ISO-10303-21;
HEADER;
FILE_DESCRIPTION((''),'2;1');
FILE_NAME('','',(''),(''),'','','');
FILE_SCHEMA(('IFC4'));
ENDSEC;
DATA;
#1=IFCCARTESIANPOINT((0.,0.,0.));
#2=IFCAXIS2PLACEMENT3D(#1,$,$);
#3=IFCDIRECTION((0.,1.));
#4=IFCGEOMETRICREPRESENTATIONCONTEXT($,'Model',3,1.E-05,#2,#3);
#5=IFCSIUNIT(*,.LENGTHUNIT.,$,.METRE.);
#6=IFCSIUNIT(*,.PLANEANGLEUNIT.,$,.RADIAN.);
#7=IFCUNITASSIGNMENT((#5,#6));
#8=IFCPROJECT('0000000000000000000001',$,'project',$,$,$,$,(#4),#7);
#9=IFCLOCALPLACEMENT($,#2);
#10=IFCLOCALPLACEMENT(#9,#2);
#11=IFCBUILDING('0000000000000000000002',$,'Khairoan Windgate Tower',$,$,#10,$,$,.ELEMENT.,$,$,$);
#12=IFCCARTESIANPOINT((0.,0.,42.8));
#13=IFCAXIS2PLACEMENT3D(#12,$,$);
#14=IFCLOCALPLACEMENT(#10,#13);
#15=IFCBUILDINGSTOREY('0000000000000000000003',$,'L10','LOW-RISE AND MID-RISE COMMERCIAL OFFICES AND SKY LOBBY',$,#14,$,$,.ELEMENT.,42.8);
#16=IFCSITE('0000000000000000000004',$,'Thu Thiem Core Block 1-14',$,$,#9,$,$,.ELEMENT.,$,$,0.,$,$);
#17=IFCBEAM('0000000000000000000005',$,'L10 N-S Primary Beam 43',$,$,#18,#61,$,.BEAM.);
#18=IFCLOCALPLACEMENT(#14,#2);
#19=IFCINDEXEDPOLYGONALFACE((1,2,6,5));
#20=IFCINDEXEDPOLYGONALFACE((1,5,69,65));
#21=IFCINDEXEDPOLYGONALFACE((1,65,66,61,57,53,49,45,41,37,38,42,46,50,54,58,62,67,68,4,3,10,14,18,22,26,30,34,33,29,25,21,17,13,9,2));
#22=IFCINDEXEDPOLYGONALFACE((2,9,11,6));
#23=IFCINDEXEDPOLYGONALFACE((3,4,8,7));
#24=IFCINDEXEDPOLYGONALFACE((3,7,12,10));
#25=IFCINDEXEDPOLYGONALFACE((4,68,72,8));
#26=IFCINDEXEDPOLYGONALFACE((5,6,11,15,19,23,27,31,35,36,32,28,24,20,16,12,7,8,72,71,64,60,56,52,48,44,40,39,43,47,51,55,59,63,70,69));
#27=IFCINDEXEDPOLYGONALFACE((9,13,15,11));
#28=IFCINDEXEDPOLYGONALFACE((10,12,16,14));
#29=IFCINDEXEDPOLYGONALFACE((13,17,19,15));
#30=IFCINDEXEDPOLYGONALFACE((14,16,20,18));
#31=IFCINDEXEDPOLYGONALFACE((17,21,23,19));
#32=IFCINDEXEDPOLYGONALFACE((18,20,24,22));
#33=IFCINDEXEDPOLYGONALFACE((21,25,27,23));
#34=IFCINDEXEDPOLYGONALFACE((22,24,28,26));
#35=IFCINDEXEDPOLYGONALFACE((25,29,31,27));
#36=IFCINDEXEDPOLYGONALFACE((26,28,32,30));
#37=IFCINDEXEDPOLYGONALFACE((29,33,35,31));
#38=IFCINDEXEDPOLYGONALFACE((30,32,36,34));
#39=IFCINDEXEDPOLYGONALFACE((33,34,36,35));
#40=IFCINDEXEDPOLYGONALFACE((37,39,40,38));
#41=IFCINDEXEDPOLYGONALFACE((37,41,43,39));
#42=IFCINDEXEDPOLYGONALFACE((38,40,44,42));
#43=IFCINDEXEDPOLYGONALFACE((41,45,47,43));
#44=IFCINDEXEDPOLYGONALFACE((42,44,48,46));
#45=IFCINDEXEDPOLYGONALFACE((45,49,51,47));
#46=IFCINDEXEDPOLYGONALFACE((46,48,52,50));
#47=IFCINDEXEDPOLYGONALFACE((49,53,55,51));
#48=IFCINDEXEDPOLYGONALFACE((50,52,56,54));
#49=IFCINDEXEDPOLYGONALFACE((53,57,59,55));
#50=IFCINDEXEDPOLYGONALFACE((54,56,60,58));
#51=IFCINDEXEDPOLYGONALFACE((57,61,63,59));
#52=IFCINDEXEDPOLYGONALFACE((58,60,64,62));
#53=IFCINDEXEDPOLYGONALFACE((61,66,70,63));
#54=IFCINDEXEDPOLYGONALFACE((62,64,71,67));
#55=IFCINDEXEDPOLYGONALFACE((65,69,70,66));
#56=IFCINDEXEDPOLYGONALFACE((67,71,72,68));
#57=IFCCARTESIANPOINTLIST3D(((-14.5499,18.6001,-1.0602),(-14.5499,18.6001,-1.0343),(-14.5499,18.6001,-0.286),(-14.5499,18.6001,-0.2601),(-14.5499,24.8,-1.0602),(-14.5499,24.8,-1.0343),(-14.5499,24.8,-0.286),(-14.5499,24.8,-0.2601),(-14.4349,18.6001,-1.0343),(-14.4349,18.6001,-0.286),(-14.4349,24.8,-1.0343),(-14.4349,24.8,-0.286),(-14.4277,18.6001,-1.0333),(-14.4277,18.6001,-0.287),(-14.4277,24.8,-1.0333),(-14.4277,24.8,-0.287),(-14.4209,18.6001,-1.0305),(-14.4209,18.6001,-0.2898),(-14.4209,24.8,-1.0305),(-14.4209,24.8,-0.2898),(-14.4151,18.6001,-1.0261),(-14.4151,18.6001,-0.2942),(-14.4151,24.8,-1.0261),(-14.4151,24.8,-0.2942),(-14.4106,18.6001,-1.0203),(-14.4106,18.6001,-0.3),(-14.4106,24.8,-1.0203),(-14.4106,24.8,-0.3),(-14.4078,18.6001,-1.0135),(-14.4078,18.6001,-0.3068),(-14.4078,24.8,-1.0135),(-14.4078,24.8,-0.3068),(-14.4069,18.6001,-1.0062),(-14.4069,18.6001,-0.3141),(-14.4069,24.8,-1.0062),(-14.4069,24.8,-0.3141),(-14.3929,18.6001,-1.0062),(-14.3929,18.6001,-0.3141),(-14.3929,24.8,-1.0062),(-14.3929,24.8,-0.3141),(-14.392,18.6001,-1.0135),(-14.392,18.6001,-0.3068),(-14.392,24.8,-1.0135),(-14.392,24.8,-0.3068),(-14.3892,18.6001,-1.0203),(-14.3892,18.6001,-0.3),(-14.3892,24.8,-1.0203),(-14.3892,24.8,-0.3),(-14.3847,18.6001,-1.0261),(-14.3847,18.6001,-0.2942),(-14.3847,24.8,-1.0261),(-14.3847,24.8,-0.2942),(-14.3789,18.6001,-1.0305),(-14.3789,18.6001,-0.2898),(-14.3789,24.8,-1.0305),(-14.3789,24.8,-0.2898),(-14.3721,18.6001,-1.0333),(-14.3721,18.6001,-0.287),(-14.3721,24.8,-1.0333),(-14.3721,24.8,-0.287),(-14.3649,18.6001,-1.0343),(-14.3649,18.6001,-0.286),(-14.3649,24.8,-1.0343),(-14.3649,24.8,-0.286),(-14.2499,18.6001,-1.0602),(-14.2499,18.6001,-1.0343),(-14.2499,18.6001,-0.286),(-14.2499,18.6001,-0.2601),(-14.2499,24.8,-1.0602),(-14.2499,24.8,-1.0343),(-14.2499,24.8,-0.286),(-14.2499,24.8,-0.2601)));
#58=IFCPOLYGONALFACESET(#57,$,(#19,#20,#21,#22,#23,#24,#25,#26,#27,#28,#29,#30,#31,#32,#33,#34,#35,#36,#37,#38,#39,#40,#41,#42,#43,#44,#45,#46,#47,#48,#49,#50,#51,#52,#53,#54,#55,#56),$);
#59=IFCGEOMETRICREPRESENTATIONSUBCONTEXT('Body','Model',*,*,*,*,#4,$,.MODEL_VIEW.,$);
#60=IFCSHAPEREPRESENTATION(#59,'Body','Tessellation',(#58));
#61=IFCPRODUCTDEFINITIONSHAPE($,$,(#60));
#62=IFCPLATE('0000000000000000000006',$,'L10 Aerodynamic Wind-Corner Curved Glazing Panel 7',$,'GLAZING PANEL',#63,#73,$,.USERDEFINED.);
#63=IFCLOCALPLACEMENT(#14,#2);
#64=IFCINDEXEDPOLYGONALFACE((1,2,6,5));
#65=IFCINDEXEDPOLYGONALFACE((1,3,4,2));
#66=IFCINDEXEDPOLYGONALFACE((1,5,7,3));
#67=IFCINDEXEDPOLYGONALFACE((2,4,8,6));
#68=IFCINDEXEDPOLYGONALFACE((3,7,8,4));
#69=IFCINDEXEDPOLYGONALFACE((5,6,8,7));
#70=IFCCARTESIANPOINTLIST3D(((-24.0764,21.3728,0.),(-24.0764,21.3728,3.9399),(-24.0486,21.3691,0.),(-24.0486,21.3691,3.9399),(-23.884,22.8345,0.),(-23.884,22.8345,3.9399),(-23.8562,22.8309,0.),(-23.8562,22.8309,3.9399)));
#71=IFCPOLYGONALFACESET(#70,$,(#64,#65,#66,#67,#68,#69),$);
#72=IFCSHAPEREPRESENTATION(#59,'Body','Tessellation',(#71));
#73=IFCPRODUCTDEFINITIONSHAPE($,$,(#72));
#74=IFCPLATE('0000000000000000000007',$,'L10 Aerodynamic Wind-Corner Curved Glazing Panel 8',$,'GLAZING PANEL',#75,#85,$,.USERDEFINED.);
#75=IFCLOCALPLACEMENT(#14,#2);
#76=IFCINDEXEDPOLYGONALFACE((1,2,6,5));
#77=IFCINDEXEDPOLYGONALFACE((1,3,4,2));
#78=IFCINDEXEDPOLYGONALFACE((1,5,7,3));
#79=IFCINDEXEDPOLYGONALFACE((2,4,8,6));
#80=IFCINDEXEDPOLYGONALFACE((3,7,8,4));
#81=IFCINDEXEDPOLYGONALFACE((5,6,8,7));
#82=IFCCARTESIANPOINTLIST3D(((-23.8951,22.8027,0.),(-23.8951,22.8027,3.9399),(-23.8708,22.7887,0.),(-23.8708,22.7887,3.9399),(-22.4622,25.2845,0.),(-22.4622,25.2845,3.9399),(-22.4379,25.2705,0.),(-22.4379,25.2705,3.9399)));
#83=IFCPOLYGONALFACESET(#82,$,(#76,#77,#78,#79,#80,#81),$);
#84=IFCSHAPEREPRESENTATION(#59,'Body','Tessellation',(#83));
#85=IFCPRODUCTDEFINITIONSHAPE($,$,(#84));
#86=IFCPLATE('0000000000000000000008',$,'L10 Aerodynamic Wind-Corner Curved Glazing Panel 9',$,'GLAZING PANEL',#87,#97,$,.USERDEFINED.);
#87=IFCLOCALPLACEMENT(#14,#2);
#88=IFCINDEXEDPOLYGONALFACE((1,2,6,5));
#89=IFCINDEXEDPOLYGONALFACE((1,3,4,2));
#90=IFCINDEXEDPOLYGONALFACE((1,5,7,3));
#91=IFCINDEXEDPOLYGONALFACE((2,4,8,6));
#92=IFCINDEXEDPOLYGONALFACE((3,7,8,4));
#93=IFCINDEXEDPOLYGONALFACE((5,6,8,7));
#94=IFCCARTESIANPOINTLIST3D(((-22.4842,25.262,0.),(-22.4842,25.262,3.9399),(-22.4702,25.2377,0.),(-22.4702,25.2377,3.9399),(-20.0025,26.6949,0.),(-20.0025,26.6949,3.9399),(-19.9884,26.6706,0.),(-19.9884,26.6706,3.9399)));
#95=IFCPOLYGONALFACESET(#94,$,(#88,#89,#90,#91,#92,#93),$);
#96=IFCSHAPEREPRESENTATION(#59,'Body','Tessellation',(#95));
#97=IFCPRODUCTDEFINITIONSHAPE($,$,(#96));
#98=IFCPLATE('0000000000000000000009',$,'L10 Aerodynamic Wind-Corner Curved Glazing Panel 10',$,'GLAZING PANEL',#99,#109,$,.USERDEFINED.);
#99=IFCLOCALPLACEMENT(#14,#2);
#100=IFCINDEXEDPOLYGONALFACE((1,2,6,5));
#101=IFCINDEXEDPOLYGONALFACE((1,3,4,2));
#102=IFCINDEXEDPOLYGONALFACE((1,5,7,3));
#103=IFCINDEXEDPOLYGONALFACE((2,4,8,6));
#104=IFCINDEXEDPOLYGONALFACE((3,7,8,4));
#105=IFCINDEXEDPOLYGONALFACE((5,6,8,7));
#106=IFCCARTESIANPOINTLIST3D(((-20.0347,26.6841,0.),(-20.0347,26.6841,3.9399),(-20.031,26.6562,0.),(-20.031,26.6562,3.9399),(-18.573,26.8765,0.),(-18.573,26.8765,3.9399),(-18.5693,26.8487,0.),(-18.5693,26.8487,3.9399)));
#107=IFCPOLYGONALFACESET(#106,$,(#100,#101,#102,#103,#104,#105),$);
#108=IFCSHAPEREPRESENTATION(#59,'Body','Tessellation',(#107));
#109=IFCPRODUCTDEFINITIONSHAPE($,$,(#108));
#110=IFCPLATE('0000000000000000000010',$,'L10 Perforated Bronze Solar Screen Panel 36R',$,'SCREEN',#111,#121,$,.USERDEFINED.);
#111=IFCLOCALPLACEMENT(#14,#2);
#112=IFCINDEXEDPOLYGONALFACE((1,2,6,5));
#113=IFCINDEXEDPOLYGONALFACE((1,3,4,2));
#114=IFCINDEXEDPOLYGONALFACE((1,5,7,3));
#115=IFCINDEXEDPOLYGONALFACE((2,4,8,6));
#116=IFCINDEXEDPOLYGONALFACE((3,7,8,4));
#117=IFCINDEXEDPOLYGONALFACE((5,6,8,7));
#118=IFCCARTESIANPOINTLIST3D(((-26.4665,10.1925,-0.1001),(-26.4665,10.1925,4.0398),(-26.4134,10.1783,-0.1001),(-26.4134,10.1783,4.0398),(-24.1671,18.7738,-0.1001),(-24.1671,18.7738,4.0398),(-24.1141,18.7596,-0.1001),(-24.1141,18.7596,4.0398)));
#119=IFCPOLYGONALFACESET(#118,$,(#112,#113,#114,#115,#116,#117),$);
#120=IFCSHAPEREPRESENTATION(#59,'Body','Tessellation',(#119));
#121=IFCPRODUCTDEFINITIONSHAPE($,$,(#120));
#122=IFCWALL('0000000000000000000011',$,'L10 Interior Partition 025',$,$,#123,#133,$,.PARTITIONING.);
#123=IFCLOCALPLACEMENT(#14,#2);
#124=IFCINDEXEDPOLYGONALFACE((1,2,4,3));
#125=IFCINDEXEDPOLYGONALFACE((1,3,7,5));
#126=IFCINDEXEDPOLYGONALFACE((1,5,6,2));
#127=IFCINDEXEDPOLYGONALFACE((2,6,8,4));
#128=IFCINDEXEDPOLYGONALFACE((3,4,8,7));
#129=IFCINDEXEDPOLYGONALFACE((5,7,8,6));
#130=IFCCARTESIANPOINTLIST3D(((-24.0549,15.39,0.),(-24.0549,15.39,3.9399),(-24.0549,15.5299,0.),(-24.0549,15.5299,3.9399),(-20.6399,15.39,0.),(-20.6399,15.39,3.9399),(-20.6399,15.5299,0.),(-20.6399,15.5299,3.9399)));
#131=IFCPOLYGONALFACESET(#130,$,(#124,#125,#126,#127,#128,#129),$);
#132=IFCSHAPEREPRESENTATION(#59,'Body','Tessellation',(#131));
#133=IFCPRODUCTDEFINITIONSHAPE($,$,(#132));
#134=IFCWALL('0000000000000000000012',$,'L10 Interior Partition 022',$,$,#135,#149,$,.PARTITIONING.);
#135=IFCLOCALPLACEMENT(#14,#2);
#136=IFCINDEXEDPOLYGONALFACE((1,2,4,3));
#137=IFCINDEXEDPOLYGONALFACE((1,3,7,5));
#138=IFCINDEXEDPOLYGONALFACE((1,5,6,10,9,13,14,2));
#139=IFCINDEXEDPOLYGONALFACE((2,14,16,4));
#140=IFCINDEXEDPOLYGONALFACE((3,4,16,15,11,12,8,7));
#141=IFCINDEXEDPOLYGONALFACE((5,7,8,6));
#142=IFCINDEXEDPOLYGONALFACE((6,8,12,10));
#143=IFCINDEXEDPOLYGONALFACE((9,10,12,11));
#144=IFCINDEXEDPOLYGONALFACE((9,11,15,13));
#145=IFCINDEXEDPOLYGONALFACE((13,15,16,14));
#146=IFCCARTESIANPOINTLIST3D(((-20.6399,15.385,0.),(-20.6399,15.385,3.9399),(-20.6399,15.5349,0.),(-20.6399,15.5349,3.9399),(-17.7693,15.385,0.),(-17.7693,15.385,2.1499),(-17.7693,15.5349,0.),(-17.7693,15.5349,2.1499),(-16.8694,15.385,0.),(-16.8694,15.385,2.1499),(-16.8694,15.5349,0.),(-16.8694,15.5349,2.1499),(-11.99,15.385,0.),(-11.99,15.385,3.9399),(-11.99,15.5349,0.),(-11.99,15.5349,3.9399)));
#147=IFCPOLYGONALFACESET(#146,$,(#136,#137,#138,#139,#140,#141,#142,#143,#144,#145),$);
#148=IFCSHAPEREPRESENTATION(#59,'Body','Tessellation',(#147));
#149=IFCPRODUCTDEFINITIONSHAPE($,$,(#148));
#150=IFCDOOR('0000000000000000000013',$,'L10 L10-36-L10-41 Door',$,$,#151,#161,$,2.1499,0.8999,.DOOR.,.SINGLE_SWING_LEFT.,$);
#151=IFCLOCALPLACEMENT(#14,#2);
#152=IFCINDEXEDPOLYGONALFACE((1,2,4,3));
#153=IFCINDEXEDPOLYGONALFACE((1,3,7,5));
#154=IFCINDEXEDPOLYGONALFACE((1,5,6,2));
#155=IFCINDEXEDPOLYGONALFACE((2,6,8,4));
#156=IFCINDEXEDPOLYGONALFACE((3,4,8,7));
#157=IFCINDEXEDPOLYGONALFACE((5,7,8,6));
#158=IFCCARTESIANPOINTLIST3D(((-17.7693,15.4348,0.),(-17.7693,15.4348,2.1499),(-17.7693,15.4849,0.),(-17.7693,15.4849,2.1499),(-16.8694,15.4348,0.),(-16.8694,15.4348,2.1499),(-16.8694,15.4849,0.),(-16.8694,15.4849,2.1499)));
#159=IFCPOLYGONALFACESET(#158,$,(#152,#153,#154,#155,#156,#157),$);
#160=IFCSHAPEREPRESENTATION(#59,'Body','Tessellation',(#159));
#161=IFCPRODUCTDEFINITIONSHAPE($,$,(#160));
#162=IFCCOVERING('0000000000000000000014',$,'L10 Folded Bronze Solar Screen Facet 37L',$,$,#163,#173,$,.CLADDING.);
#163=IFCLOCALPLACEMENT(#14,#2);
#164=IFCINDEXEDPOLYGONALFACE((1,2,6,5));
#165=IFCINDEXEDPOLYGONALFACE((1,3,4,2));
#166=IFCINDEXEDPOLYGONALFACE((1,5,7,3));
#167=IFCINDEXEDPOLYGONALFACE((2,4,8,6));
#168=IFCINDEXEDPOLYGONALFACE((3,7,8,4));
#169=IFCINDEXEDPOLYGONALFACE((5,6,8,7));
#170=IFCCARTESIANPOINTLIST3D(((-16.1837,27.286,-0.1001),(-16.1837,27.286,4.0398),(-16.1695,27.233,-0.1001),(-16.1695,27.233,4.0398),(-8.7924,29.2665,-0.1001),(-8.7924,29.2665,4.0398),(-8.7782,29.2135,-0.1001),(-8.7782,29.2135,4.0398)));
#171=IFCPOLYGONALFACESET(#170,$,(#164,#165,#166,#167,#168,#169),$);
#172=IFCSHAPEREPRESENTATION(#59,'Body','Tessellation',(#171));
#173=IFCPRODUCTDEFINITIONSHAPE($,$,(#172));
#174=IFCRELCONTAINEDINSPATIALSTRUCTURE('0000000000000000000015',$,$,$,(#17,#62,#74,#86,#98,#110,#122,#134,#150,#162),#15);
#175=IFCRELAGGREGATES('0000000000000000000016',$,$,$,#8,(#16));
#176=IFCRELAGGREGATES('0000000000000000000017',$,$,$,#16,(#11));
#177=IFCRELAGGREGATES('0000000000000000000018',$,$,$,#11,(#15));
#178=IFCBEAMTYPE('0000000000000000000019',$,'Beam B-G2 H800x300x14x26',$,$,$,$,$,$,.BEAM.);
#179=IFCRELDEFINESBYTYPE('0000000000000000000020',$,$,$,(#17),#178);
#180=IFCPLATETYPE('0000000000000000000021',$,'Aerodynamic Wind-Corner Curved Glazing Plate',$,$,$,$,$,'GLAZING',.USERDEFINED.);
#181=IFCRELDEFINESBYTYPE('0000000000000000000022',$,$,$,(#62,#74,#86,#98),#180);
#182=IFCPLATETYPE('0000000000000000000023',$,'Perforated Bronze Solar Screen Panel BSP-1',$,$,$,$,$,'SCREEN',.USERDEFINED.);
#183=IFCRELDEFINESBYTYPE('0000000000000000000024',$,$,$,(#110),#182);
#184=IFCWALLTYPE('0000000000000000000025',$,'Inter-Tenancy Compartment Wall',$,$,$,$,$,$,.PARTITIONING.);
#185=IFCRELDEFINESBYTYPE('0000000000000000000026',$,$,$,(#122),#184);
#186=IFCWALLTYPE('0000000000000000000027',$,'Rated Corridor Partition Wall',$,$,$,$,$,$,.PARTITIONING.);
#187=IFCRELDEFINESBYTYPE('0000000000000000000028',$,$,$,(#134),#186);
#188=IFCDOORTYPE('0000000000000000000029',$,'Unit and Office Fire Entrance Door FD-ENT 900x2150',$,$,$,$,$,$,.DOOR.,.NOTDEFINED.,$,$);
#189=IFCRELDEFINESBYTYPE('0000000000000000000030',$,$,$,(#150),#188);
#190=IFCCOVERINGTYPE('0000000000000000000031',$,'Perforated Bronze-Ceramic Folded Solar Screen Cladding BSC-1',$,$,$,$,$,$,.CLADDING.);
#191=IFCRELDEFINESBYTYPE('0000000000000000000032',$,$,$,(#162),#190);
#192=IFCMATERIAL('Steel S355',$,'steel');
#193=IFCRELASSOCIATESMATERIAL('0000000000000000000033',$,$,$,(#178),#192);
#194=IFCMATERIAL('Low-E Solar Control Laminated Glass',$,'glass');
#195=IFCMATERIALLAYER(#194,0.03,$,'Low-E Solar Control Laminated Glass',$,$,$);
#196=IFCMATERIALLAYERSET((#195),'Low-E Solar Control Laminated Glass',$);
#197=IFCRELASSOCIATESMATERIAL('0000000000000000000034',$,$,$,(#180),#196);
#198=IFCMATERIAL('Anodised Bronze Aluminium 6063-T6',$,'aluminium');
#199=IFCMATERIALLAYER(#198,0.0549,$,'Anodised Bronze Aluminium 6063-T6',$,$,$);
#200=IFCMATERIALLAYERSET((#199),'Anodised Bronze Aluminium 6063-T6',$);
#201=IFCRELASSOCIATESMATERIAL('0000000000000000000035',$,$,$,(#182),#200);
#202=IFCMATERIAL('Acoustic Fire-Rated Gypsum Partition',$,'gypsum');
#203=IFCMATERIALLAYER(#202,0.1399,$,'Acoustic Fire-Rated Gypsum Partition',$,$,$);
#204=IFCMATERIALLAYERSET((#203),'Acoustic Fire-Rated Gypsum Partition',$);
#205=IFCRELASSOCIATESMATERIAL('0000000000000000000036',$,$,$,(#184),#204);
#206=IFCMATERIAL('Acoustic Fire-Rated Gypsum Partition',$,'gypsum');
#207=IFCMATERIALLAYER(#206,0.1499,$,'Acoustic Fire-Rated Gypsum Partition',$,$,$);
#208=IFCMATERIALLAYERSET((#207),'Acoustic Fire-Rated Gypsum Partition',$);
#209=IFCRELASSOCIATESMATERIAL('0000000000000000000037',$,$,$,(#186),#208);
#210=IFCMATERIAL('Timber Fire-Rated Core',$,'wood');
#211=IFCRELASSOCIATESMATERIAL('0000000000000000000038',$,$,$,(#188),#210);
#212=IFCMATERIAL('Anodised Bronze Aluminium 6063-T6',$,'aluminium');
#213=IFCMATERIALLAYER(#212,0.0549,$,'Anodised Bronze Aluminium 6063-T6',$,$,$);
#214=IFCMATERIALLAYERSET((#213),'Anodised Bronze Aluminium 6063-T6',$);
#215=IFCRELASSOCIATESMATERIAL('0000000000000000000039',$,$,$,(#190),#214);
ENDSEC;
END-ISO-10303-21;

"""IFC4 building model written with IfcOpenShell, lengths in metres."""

from ifc_helpers import new_model, si_unit, direction, frame, frame_2d, origin, origin_2d, place, context, subcontext, project, spatial, rectangle, i_section, extrude, material, layer, layer_set, material_profile, profile_set, type_object, element, fill, save


model = new_model("IFC4")

# Units and contexts
model_context = context("Model", 3, precision=1e-05, world=origin(), true_north=direction((0.0, 1.0)))
body_context = subcontext(model_context, "Body", "Model", "MODEL_VIEW")
ifc_project = project(units=[si_unit("LENGTHUNIT", "METRE"), si_unit("PLANEANGLEUNIT", "RADIAN")], contexts=[model_context])

# Site, building, storey
site_placement = place(None, origin())
site = spatial("IfcSite", under=ifc_project, at=site_placement, Name="Thu Thiem Core Block 1-14", CompositionType="ELEMENT", RefElevation=0.0)
building_placement = place(site_placement, origin())
building = spatial("IfcBuilding", under=site, at=building_placement, Name="Khairoan Windgate Tower", CompositionType="ELEMENT")
storey_placement = place(building_placement, frame((0.0, 0.0, 42.8)))
storey = spatial("IfcBuildingStorey", under=building, at=storey_placement, Name="L10", Description="LOW-RISE AND MID-RISE COMMERCIAL OFFICES AND SKY LOBBY", CompositionType="ELEMENT", Elevation=42.8)

# Beam
ifc_material_1 = material(Name="Steel S355", Category="steel")
ifc_material_profile_1 = material_profile(ifc_material_1, i_section(OverallWidth=0.3, OverallDepth=0.8, WebThickness=0.0139, FlangeThickness=0.0259, FilletRadius=0.0281, at=origin_2d()))
ifc_profile_set_1 = profile_set([ifc_material_profile_1], Name="Steel S355")
beam_type = type_object("IfcBeamType", Name="Beam B-G2 H800x300x14x26", PredefinedType="BEAM", material=ifc_profile_set_1)
beam_1_placement = place(storey_placement, frame((-14.3999, 18.6001, -0.6602), z_axis=(0.0, 1.0, 0.0), x_axis=(-1.0, 0.0, 0.0)))
element("IfcBeam", 1, at=beam_1_placement, inside=storey, type_object=beam_type, Name="L10 N-S Primary Beam 43", PredefinedType="BEAM", context=body_context, shape_type="SweptSolid", body=[
    extrude(i_section(OverallWidth=0.3, OverallDepth=0.8, WebThickness=0.0139, FlangeThickness=0.0259, FilletRadius=0.0281, at=origin_2d()), origin(), (0.0, 0.0, 1.0), 6.2),
])

# Plates
ifc_material_2 = material(Name="Low-E Solar Control Laminated Glass", Category="glass")
ifc_layer_1 = layer(ifc_material_2, 0.03, Name="Low-E Solar Control Laminated Glass")
ifc_layer_set_1 = layer_set([ifc_layer_1], Name="Low-E Solar Control Laminated Glass")
plate_type_1 = type_object("IfcPlateType", Name="Aerodynamic Wind-Corner Curved Glazing Plate", ElementType="GLAZING", PredefinedType="USERDEFINED", material=ifc_layer_set_1)
plate_1_placement = place(storey_placement, frame((-23.9663, 22.1018, 0.0), z_axis=(0.0, 0.0, 1.0), x_axis=(0.130526, 0.991445, 0.0)))
element("IfcPlate", 2, at=plate_1_placement, inside=storey, type_object=plate_type_1, Name="L10 Aerodynamic Wind-Corner Curved Glazing Panel 7", ObjectType="GLAZING PANEL", PredefinedType="USERDEFINED", context=body_context, shape_type="SweptSolid", body=[
    extrude(rectangle(XDim=1.4744, YDim=0.0281, at=origin_2d()), origin(), (0.0, 0.0, 1.0), 3.9399),
])
for number, where, z_axis, x_axis, name in (
    (3, (-23.1665, 24.0366, 0.0), (0.0, 0.0, 1.0), (0.5, 0.866025, 0.0), "L10 Aerodynamic Wind-Corner Curved Glazing Panel 8"),
    (4, (-21.2363, 25.9663, 0.0), (0.0, 0.0, 1.0), (0.866025, 0.5, 0.0), "L10 Aerodynamic Wind-Corner Curved Glazing Panel 9"),
):
    element("IfcPlate", number, at=place(storey_placement, frame(where, z_axis=z_axis, x_axis=x_axis)), inside=storey, type_object=plate_type_1, Name=name, ObjectType="GLAZING PANEL", PredefinedType="USERDEFINED", context=body_context, shape_type="SweptSolid", body=[
        extrude(rectangle(XDim=2.8657, YDim=0.0281, at=origin_2d()), origin(), (0.0, 0.0, 1.0), 3.9399),
    ])
plate_2_placement = place(storey_placement, frame((-19.302, 26.7664, 0.0), z_axis=(0.0, 0.0, 1.0), x_axis=(0.991445, 0.130526, 0.0)))
element("IfcPlate", 5, at=plate_2_placement, inside=storey, type_object=plate_type_1, Name="L10 Aerodynamic Wind-Corner Curved Glazing Panel 10", ObjectType="GLAZING PANEL", PredefinedType="USERDEFINED", context=body_context, shape_type="SweptSolid", body=[
    extrude(rectangle(XDim=1.4744, YDim=0.0281, at=origin_2d()), origin(), (0.0, 0.0, 1.0), 3.9399),
])

# Plate
ifc_material_3 = material(Name="Anodised Bronze Aluminium 6063-T6", Category="aluminium")
ifc_layer_2 = layer(ifc_material_3, 0.0549, Name="Anodised Bronze Aluminium 6063-T6")
ifc_layer_set_2 = layer_set([ifc_layer_2], Name="Anodised Bronze Aluminium 6063-T6")
plate_type_2 = type_object("IfcPlateType", Name="Perforated Bronze Solar Screen Panel BSP-1", ElementType="SCREEN", PredefinedType="USERDEFINED", material=ifc_layer_set_2)
plate_3_placement = place(storey_placement, frame((-25.2903, 14.4761, -0.1001), z_axis=(0.0, 0.0, 1.0), x_axis=(0.258819, 0.965926, 0.0)))
element("IfcPlate", 6, at=plate_3_placement, inside=storey, type_object=plate_type_2, Name="L10 Perforated Bronze Solar Screen Panel 36R", ObjectType="SCREEN", PredefinedType="USERDEFINED", context=body_context, shape_type="SweptSolid", body=[
    extrude(rectangle(XDim=8.884, YDim=0.0549, at=origin_2d()), origin(), (0.0, 0.0, 1.0), 4.1399),
])

# Wall
ifc_material_4 = material(Name="Acoustic Fire-Rated Gypsum Partition", Category="gypsum")
ifc_layer_3 = layer(ifc_material_4, 0.1399, Name="Acoustic Fire-Rated Gypsum Partition")
ifc_layer_set_3 = layer_set([ifc_layer_3], Name="Acoustic Fire-Rated Gypsum Partition")
wall_type_1 = type_object("IfcWallType", Name="Inter-Tenancy Compartment Wall", PredefinedType="PARTITIONING", material=ifc_layer_set_3)
wall_1_placement = place(storey_placement, frame((-24.0549, 15.46, 0.0), z_axis=(0.0, 0.0, 1.0), x_axis=(1.0, 0.0, 0.0)))
element("IfcWall", 7, at=wall_1_placement, inside=storey, type_object=wall_type_1, Name="L10 Interior Partition 025", PredefinedType="PARTITIONING", context=body_context, shape_type="SweptSolid", body=[
    extrude(rectangle(XDim=3.415, YDim=0.1399, at=frame_2d((1.7075, 0.0))), origin(), (0.0, 0.0, 1.0), 3.9399),
])

# Wall, opening, door
ifc_material_5 = material(Name="Acoustic Fire-Rated Gypsum Partition", Category="gypsum")
ifc_layer_4 = layer(ifc_material_5, 0.1499, Name="Acoustic Fire-Rated Gypsum Partition")
ifc_layer_set_4 = layer_set([ifc_layer_4], Name="Acoustic Fire-Rated Gypsum Partition")
wall_type_2 = type_object("IfcWallType", Name="Rated Corridor Partition Wall", PredefinedType="PARTITIONING", material=ifc_layer_set_4)
ifc_material_6 = material(Name="Timber Fire-Rated Core", Category="wood")
door_type = type_object("IfcDoorType", Name="Unit and Office Fire Entrance Door FD-ENT 900x2150", OperationType="NOTDEFINED", PredefinedType="DOOR", material=ifc_material_6)
wall_2_placement = place(storey_placement, frame((-20.6399, 15.46, 0.0), z_axis=(0.0, 0.0, 1.0), x_axis=(1.0, 0.0, 0.0)))
wall_2 = element("IfcWall", 8, at=wall_2_placement, inside=storey, type_object=wall_type_2, Name="L10 Interior Partition 022", PredefinedType="PARTITIONING", context=body_context, shape_type="SweptSolid", body=[
    extrude(rectangle(XDim=8.6499, YDim=0.1499, at=frame_2d((4.325, 0.0))), origin(), (0.0, 0.0, 1.0), 3.9399),
])
opening_1_placement = place(wall_2_placement, frame((2.8706, 0.0, 0.0)))
opening_1 = element("IfcOpeningElement", 9, at=opening_1_placement, cuts=wall_2, PredefinedType="OPENING", context=body_context, shape_type="SweptSolid", body=[
    extrude(rectangle(XDim=0.8999, YDim=2.1499, at=frame_2d((0.45, 1.075))), frame((0.0, 0.085, 0.0), z_axis=(0.0, -1.0, 0.0), x_axis=(1.0, 0.0, 0.0)), (0.0, 0.0, 1.0), 0.1699),
])
door_1_placement = place(opening_1_placement, origin())
door_1 = element("IfcDoor", 10, at=door_1_placement, inside=storey, type_object=door_type, Name="L10 L10-36-L10-41 Door", OperationType="SINGLE_SWING_LEFT", OverallHeight=2.1499, OverallWidth=0.8999, PredefinedType="DOOR", context=body_context, shape_type="SweptSolid", body=[
    extrude(rectangle(XDim=0.8999, YDim=2.1499, at=frame_2d((0.45, 1.075))), frame((0.0, 0.0249, 0.0), z_axis=(0.0, -1.0, 0.0), x_axis=(1.0, 0.0, 0.0)), (0.0, 0.0, 1.0), 0.05),
])
fill(opening_1, door_1)

# Covering
ifc_material_7 = material(Name="Anodised Bronze Aluminium 6063-T6", Category="aluminium")
ifc_layer_5 = layer(ifc_material_7, 0.0549, Name="Anodised Bronze Aluminium 6063-T6")
ifc_layer_set_5 = layer_set([ifc_layer_5], Name="Anodised Bronze Aluminium 6063-T6")
covering_type = type_object("IfcCoveringType", Name="Perforated Bronze-Ceramic Folded Solar Screen Cladding BSC-1", PredefinedType="CLADDING", material=ifc_layer_set_5)
covering_placement = place(storey_placement, frame((-12.481, 28.2498, -0.1001), z_axis=(0.0, 0.0, 1.0), x_axis=(0.965926, 0.258819, 0.0)))
element("IfcCovering", 11, at=covering_placement, inside=storey, type_object=covering_type, Name="L10 Folded Bronze Solar Screen Facet 37L", PredefinedType="CLADDING", context=body_context, shape_type="SweptSolid", body=[
    extrude(rectangle(XDim=7.6521, YDim=0.0549, at=origin_2d()), origin(), (0.0, 0.0, 1.0), 4.1399),
])

save(model, "model.ifc")
